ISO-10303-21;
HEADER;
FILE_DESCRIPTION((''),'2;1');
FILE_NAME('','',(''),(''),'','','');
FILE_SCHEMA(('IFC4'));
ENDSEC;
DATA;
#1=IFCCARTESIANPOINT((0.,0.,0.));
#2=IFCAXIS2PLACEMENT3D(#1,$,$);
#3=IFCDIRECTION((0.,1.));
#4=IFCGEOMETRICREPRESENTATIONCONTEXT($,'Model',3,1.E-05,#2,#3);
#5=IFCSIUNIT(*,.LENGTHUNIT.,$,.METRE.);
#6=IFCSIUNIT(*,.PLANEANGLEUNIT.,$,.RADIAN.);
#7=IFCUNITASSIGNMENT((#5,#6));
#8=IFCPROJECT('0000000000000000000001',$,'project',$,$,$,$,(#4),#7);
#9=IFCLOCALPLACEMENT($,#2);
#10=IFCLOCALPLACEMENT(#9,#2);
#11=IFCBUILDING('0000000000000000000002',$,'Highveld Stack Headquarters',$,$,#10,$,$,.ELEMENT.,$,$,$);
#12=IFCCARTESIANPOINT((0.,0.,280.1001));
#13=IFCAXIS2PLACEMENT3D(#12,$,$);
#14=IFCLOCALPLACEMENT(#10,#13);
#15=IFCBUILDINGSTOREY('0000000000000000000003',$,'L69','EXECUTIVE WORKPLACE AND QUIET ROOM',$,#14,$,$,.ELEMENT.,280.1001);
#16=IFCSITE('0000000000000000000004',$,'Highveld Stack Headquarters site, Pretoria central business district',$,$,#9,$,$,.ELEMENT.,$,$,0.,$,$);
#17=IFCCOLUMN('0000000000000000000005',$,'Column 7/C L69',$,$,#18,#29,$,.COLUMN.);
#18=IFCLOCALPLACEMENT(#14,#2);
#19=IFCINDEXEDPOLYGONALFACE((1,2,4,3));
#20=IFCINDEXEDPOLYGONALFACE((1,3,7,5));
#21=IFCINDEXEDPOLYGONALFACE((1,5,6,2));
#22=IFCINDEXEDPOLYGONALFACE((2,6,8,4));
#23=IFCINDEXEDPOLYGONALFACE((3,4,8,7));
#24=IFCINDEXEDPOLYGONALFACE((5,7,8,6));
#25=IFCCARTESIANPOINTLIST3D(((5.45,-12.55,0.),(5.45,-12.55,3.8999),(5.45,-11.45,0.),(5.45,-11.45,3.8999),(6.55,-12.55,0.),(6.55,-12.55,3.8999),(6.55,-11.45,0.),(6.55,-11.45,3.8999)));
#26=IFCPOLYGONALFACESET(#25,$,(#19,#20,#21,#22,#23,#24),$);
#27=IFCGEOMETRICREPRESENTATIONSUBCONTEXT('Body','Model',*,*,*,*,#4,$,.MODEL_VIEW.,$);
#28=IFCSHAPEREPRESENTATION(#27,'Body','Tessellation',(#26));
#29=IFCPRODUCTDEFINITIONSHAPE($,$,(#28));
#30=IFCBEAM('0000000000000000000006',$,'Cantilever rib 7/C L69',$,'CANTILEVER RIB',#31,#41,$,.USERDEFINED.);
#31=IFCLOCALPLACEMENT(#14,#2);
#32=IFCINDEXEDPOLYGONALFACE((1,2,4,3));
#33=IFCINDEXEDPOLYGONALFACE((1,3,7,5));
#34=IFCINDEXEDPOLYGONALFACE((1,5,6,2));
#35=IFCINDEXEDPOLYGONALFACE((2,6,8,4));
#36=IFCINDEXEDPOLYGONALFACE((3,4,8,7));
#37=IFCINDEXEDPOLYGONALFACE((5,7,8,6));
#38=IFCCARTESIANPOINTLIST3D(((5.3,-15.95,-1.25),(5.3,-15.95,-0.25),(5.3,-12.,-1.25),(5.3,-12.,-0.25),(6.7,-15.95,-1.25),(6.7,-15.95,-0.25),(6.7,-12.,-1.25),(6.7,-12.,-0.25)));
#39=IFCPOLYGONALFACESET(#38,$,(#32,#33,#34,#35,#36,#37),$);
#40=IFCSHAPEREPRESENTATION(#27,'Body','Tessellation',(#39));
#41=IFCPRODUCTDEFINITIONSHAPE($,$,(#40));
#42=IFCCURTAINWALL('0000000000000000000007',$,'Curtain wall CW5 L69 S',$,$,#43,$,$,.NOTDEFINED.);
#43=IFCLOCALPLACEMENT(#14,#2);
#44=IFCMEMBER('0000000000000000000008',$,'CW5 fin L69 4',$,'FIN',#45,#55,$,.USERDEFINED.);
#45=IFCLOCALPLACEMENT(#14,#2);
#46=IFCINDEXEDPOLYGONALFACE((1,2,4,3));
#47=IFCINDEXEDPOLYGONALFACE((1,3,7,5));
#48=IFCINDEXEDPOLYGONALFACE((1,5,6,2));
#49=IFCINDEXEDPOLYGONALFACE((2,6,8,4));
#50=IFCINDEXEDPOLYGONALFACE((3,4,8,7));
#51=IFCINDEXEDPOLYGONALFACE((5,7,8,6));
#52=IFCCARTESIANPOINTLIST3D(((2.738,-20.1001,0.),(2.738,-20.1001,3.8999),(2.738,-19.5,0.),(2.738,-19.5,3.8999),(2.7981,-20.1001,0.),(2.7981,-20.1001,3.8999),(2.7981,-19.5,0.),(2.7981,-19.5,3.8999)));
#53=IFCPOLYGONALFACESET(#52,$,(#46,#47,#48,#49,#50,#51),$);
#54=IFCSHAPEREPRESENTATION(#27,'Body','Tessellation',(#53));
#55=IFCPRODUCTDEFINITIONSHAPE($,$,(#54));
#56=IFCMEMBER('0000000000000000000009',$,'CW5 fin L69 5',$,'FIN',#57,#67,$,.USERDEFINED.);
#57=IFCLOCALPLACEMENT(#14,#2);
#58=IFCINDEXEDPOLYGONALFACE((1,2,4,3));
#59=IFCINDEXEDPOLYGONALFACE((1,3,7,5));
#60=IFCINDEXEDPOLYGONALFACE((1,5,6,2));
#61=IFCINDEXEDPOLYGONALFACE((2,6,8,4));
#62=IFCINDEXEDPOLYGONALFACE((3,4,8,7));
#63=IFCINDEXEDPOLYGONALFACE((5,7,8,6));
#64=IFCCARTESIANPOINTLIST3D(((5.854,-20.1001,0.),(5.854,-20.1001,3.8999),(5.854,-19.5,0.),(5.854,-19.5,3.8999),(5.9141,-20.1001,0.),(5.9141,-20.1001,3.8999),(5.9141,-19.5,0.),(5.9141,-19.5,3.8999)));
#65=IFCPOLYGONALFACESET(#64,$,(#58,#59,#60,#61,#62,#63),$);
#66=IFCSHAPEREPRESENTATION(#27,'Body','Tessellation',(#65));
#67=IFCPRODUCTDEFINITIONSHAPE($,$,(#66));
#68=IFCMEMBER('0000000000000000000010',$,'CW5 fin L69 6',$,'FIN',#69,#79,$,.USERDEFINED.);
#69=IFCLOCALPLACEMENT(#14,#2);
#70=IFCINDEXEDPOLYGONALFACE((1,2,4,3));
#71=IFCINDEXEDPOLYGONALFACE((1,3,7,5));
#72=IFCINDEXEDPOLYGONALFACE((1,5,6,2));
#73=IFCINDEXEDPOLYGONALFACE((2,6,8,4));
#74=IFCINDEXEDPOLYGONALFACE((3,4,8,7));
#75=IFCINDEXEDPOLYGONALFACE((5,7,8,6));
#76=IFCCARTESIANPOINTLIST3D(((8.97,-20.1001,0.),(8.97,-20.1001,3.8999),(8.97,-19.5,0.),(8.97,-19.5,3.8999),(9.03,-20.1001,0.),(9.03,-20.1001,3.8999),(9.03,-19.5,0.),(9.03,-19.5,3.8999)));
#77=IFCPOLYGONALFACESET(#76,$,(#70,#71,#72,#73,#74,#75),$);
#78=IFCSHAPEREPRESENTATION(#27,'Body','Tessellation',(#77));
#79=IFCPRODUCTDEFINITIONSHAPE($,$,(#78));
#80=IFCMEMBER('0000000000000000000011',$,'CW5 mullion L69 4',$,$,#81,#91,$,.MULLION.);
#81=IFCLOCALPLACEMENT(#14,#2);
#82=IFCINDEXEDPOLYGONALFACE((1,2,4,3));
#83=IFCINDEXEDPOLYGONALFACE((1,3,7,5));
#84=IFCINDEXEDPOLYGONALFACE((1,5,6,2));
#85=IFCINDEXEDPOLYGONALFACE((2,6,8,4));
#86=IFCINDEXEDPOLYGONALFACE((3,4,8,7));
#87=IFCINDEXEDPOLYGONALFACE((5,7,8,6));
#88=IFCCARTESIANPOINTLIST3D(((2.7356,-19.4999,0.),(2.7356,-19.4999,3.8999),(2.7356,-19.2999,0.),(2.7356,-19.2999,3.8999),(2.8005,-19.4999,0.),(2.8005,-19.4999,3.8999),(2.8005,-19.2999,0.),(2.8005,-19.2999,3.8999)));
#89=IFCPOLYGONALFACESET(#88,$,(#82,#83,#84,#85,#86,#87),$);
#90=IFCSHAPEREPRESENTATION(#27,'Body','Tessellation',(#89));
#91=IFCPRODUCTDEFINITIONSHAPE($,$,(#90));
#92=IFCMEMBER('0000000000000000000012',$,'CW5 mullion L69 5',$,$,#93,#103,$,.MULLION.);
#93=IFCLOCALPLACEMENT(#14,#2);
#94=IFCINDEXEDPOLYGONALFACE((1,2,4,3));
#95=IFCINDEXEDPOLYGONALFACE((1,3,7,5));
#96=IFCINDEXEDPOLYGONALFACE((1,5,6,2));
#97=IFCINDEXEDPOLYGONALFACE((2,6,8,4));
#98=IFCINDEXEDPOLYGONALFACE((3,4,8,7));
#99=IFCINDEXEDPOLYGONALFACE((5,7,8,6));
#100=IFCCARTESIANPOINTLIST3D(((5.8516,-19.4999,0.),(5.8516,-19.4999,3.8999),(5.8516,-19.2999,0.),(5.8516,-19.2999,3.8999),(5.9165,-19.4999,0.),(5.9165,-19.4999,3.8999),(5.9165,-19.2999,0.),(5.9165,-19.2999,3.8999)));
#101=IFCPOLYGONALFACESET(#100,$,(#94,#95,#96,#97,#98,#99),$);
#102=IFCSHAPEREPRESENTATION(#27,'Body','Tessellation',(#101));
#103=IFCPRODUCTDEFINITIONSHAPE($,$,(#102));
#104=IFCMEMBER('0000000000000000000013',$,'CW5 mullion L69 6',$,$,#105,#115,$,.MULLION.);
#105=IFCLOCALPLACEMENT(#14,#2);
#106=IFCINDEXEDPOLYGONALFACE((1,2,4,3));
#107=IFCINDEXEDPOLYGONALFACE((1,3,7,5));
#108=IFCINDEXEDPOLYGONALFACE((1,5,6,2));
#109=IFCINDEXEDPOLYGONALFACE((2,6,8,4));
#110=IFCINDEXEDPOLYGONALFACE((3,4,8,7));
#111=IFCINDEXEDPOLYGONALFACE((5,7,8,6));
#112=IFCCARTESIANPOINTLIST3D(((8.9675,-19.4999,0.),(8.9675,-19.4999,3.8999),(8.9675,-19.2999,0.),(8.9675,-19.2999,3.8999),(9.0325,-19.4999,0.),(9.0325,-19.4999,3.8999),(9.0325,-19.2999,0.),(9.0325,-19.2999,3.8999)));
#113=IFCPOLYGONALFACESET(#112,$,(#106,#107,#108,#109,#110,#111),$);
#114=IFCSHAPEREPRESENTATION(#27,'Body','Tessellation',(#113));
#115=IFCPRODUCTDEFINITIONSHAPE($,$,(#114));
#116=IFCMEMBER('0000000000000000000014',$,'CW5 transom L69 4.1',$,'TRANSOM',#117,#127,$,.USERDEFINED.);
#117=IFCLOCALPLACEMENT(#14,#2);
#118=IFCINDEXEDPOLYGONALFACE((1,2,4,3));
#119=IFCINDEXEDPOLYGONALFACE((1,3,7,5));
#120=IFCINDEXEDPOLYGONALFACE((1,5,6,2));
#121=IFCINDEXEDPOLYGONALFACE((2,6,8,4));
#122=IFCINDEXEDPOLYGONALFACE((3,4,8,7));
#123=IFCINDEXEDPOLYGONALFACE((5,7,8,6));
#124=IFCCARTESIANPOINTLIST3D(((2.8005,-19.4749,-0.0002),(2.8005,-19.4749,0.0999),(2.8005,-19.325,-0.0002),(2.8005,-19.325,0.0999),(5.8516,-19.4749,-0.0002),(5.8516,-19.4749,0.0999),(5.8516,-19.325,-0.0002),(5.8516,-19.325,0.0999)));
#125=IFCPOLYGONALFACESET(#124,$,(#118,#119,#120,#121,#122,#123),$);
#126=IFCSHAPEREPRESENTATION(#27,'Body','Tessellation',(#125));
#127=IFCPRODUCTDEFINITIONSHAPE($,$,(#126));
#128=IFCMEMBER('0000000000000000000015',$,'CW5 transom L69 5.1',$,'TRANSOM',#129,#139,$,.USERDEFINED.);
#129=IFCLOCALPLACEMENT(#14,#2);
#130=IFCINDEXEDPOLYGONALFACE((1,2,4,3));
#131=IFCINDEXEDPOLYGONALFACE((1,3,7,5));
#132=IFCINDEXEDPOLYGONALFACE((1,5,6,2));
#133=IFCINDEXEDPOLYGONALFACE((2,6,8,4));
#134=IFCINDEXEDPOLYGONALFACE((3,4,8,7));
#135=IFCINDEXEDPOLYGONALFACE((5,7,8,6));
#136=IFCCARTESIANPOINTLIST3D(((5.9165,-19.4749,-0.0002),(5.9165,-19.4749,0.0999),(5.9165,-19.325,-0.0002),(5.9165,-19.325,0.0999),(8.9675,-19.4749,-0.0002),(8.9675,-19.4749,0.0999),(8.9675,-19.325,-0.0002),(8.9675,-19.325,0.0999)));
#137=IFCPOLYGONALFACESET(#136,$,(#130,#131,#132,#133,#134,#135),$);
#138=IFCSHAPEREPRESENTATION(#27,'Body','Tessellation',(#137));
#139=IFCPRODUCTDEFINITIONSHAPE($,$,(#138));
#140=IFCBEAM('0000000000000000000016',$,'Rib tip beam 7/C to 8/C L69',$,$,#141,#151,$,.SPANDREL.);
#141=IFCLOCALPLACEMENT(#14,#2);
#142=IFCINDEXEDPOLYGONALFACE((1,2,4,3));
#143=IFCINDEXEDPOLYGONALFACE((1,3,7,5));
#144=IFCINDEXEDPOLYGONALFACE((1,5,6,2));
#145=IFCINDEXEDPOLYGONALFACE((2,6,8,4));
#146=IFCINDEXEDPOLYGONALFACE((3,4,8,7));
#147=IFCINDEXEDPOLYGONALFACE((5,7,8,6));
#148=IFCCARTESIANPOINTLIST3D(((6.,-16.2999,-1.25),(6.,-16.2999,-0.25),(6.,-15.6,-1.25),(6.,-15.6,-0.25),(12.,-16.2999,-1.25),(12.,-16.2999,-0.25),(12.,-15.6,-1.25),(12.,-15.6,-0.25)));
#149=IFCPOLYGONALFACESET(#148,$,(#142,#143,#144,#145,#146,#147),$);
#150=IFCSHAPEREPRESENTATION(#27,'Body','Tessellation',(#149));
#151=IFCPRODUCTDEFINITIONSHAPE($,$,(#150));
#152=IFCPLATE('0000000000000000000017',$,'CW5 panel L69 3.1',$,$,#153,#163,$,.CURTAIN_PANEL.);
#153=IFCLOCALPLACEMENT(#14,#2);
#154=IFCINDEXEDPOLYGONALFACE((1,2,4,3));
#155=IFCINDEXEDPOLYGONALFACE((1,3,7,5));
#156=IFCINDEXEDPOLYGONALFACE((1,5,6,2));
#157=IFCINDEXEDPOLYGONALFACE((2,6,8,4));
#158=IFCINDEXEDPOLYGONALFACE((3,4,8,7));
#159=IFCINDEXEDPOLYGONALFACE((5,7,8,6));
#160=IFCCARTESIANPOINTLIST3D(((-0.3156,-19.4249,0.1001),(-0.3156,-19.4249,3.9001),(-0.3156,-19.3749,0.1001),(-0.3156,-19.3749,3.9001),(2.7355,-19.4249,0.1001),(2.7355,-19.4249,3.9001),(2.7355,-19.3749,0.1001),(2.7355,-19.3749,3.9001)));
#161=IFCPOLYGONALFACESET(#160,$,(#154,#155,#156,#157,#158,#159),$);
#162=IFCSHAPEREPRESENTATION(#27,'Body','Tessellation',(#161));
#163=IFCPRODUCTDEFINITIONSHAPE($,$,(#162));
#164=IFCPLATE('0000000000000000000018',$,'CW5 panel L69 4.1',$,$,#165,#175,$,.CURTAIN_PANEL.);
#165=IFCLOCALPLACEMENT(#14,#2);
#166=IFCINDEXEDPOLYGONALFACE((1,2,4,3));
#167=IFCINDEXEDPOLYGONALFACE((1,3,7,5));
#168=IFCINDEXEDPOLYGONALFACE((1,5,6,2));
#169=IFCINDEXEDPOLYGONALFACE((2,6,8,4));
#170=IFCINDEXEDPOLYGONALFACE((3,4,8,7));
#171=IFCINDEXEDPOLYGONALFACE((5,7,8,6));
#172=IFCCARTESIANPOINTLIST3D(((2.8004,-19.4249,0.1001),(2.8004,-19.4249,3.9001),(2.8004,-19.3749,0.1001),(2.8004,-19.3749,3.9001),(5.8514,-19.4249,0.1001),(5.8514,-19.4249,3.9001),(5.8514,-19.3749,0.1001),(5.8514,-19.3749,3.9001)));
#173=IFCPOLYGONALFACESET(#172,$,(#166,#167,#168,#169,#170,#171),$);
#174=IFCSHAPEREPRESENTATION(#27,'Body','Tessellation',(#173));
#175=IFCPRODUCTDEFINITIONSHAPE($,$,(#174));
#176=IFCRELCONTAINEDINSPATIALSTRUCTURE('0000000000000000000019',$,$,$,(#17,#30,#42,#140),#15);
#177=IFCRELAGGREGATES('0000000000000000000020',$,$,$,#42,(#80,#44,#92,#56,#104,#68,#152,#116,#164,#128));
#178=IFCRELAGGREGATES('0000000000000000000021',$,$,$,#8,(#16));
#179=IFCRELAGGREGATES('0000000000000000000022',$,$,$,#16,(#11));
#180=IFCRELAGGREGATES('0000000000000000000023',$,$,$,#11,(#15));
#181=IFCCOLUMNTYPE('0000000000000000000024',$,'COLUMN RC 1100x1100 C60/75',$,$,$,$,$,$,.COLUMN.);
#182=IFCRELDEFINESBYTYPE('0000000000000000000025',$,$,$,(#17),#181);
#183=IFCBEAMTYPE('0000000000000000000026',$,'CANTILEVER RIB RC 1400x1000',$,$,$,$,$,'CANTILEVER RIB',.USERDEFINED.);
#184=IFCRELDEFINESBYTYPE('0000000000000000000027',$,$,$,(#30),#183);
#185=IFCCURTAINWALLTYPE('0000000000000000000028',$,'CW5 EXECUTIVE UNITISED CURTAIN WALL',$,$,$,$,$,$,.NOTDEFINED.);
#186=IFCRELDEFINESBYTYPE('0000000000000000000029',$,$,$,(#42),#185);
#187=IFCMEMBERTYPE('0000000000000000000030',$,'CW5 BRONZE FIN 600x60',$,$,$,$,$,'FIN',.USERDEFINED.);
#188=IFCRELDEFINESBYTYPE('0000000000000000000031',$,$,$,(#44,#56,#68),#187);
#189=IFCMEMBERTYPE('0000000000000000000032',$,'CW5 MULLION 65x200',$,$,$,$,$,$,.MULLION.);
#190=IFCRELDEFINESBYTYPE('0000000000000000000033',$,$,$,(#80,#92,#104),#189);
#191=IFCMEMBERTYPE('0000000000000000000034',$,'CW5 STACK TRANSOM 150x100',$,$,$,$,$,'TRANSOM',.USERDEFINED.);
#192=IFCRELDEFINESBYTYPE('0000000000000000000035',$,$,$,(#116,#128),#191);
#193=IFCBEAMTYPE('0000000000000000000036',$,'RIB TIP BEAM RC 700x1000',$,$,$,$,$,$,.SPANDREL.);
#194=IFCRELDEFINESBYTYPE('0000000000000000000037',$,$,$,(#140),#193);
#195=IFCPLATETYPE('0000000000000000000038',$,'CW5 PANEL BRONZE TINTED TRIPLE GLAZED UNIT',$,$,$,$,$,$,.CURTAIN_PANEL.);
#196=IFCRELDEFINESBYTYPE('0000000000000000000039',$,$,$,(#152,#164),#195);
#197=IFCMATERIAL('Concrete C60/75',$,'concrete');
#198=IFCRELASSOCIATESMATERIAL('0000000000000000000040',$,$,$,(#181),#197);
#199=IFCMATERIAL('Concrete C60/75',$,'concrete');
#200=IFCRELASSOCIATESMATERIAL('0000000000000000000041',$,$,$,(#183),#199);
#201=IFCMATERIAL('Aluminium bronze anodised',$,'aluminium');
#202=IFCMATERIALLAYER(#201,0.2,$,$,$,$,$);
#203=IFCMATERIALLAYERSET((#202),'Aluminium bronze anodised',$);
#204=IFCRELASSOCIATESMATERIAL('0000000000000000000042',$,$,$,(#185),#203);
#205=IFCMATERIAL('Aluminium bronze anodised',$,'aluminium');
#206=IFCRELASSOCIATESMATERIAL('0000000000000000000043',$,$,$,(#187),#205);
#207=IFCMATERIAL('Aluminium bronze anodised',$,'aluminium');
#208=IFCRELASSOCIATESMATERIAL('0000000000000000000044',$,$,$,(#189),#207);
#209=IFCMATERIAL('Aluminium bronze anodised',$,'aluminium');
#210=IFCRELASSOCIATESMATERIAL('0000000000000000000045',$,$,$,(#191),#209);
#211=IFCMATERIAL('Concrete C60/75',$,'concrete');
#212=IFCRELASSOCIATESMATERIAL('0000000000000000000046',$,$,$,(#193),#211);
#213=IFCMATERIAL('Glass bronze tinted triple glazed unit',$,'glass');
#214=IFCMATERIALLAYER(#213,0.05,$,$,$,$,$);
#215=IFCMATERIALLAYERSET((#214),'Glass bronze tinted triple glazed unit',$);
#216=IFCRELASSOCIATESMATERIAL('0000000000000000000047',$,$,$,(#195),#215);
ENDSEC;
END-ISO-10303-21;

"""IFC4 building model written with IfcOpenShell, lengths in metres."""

from ifc_helpers import new_model, si_unit, direction, frame, origin, origin_2d, place, context, subcontext, project, spatial, rectangle, extrude, material, layer, layer_set, material_profile, profile_set, type_object, element, aggregate, save


model = new_model("IFC4")

# Units and contexts
model_context = context("Model", 3, precision=1e-05, world=origin(), true_north=direction((0.0, 1.0)))
body_context = subcontext(model_context, "Body", "Model", "MODEL_VIEW")
ifc_project = project(units=[si_unit("LENGTHUNIT", "METRE"), si_unit("PLANEANGLEUNIT", "RADIAN")], contexts=[model_context])

# Site, building, storey
site_placement = place(None, origin())
site = spatial("IfcSite", under=ifc_project, at=site_placement, Name="Highveld Stack Headquarters site, Pretoria central business district", CompositionType="ELEMENT", RefElevation=0.0)
building_placement = place(site_placement, origin())
building = spatial("IfcBuilding", under=site, at=building_placement, Name="Highveld Stack Headquarters", CompositionType="ELEMENT")
storey_placement = place(building_placement, frame((0.0, 0.0, 280.1001)))
storey = spatial("IfcBuildingStorey", under=building, at=storey_placement, Name="L69", Description="EXECUTIVE WORKPLACE AND QUIET ROOM", CompositionType="ELEMENT", Elevation=280.1001)

# Column
ifc_material_1 = material(Name="Concrete C60/75", Category="concrete")
ifc_material_profile_1 = material_profile(ifc_material_1, rectangle(XDim=1.1001, YDim=1.1001, at=origin_2d()), Name="RC 1100x1100")
ifc_profile_set_1 = profile_set([ifc_material_profile_1], Name="Concrete C60/75")
column_type = type_object("IfcColumnType", Name="COLUMN RC 1100x1100 C60/75", PredefinedType="COLUMN", material=ifc_profile_set_1)
column_placement = place(storey_placement, frame((6.0, -12.0, 0.0), z_axis=(0.0, 0.0, 1.0), x_axis=(1.0, 0.0, 0.0)))
element("IfcColumn", 1, at=column_placement, inside=storey, type_object=column_type, Name="Column 7/C L69", PredefinedType="COLUMN", context=body_context, shape_type="SweptSolid", body=[
    extrude(rectangle(XDim=1.1001, YDim=1.1001, at=origin_2d()), origin(), (0.0, 0.0, 1.0), 3.8999),
])

# Beam
ifc_material_2 = material(Name="Concrete C60/75", Category="concrete")
ifc_material_profile_2 = material_profile(ifc_material_2, rectangle(XDim=1.3999, YDim=1.0, at=origin_2d()), Name="RC 1400x1000")
ifc_profile_set_2 = profile_set([ifc_material_profile_2], Name="Concrete C60/75")
beam_type_1 = type_object("IfcBeamType", Name="CANTILEVER RIB RC 1400x1000", ElementType="CANTILEVER RIB", PredefinedType="USERDEFINED", material=ifc_profile_set_2)
beam_1_placement = place(storey_placement, frame((6.0, -12.0, -0.75), z_axis=(0.0, -1.0, 0.0), x_axis=(1.0, 0.0, 0.0)))
element("IfcBeam", 2, at=beam_1_placement, inside=storey, type_object=beam_type_1, Name="Cantilever rib 7/C L69", ObjectType="CANTILEVER RIB", PredefinedType="USERDEFINED", context=body_context, shape_type="SweptSolid", body=[
    extrude(rectangle(XDim=1.3999, YDim=1.0, at=origin_2d()), origin(), (0.0, 0.0, 1.0), 3.95),
])

# Curtain wall, members
ifc_material_3 = material(Name="Aluminium bronze anodised", Category="aluminium")
ifc_layer_1 = layer(ifc_material_3, 0.2)
ifc_layer_set_1 = layer_set([ifc_layer_1], Name="Aluminium bronze anodised")
curtain_wall_type = type_object("IfcCurtainWallType", Name="CW5 EXECUTIVE UNITISED CURTAIN WALL", PredefinedType="NOTDEFINED", material=ifc_layer_set_1)
curtain_wall_placement = place(storey_placement, origin())
curtain_wall = element("IfcCurtainWall", 3, at=curtain_wall_placement, inside=storey, type_object=curtain_wall_type, Name="Curtain wall CW5 L69 S", PredefinedType="NOTDEFINED")
ifc_material_4 = material(Name="Aluminium bronze anodised", Category="aluminium")
ifc_material_profile_3 = material_profile(ifc_material_4, rectangle(XDim=0.6001, YDim=0.0601, at=origin_2d()), Name="FIN 600x60")
ifc_profile_set_3 = profile_set([ifc_material_profile_3], Name="Aluminium bronze anodised")
member_type_1 = type_object("IfcMemberType", Name="CW5 BRONZE FIN 600x60", ElementType="FIN", PredefinedType="USERDEFINED", material=ifc_profile_set_3)
member_1_placement = place(storey_placement, frame((2.7681, -19.8, 0.0), z_axis=(0.0, 0.0, 1.0), x_axis=(0.0, 1.0, 0.0)))
member_1 = element("IfcMember", 4, at=member_1_placement, type_object=member_type_1, Name="CW5 fin L69 4", ObjectType="FIN", PredefinedType="USERDEFINED", context=body_context, shape_type="SweptSolid", body=[
    extrude(rectangle(XDim=0.6001, YDim=0.0601, at=origin_2d()), origin(), (0.0, 0.0, 1.0), 3.8999),
])
member_2_placement = place(storey_placement, frame((5.884, -19.8, 0.0), z_axis=(0.0, 0.0, 1.0), x_axis=(0.0, 1.0, 0.0)))
member_2 = element("IfcMember", 5, at=member_2_placement, type_object=member_type_1, Name="CW5 fin L69 5", ObjectType="FIN", PredefinedType="USERDEFINED", context=body_context, shape_type="SweptSolid", body=[
    extrude(rectangle(XDim=0.6001, YDim=0.0601, at=origin_2d()), origin(), (0.0, 0.0, 1.0), 3.8999),
])
member_3_placement = place(storey_placement, frame((9.0, -19.8, 0.0), z_axis=(0.0, 0.0, 1.0), x_axis=(0.0, 1.0, 0.0)))
member_3 = element("IfcMember", 6, at=member_3_placement, type_object=member_type_1, Name="CW5 fin L69 6", ObjectType="FIN", PredefinedType="USERDEFINED", context=body_context, shape_type="SweptSolid", body=[
    extrude(rectangle(XDim=0.6001, YDim=0.0601, at=origin_2d()), origin(), (0.0, 0.0, 1.0), 3.8999),
])
ifc_material_5 = material(Name="Aluminium bronze anodised", Category="aluminium")
ifc_material_profile_4 = material_profile(ifc_material_5, rectangle(XDim=0.2, YDim=0.0649, at=origin_2d()), Name="CW5 MULLION 65x200")
ifc_profile_set_4 = profile_set([ifc_material_profile_4], Name="Aluminium bronze anodised")
member_type_2 = type_object("IfcMemberType", Name="CW5 MULLION 65x200", PredefinedType="MULLION", material=ifc_profile_set_4)
member_4_placement = place(storey_placement, frame((2.7681, -19.3999, 0.0), z_axis=(0.0, 0.0, 1.0), x_axis=(0.0, 1.0, 0.0)))
member_4 = element("IfcMember", 7, at=member_4_placement, type_object=member_type_2, Name="CW5 mullion L69 4", PredefinedType="MULLION", context=body_context, shape_type="SweptSolid", body=[
    extrude(rectangle(XDim=0.2, YDim=0.0649, at=origin_2d()), origin(), (0.0, 0.0, 1.0), 3.8999),
])
member_5_placement = place(storey_placement, frame((5.884, -19.3999, 0.0), z_axis=(0.0, 0.0, 1.0), x_axis=(0.0, 1.0, 0.0)))
member_5 = element("IfcMember", 8, at=member_5_placement, type_object=member_type_2, Name="CW5 mullion L69 5", PredefinedType="MULLION", context=body_context, shape_type="SweptSolid", body=[
    extrude(rectangle(XDim=0.2, YDim=0.0649, at=origin_2d()), origin(), (0.0, 0.0, 1.0), 3.8999),
])
member_6_placement = place(storey_placement, frame((9.0, -19.3999, 0.0), z_axis=(0.0, 0.0, 1.0), x_axis=(0.0, 1.0, 0.0)))
member_6 = element("IfcMember", 9, at=member_6_placement, type_object=member_type_2, Name="CW5 mullion L69 6", PredefinedType="MULLION", context=body_context, shape_type="SweptSolid", body=[
    extrude(rectangle(XDim=0.2, YDim=0.0649, at=origin_2d()), origin(), (0.0, 0.0, 1.0), 3.8999),
])
ifc_material_6 = material(Name="Aluminium bronze anodised", Category="aluminium")
ifc_material_profile_5 = material_profile(ifc_material_6, rectangle(XDim=0.1499, YDim=0.1001, at=origin_2d()), Name="CW5 TRANSOM 150x100")
ifc_profile_set_5 = profile_set([ifc_material_profile_5], Name="Aluminium bronze anodised")
member_type_3 = type_object("IfcMemberType", Name="CW5 STACK TRANSOM 150x100", ElementType="TRANSOM", PredefinedType="USERDEFINED", material=ifc_profile_set_5)
member_7_placement = place(storey_placement, frame((2.8005, -19.3999, 0.0498), z_axis=(1.0, 0.0, 0.0), x_axis=(0.0, 1.0, 0.0)))
member_7 = element("IfcMember", 10, at=member_7_placement, type_object=member_type_3, Name="CW5 transom L69 4.1", ObjectType="TRANSOM", PredefinedType="USERDEFINED", context=body_context, shape_type="SweptSolid", body=[
    extrude(rectangle(XDim=0.1499, YDim=0.1001, at=origin_2d()), origin(), (0.0, 0.0, 1.0), 3.051),
])
member_8_placement = place(storey_placement, frame((5.9165, -19.3999, 0.0498), z_axis=(1.0, 0.0, 0.0), x_axis=(0.0, 1.0, 0.0)))
member_8 = element("IfcMember", 11, at=member_8_placement, type_object=member_type_3, Name="CW5 transom L69 5.1", ObjectType="TRANSOM", PredefinedType="USERDEFINED", context=body_context, shape_type="SweptSolid", body=[
    extrude(rectangle(XDim=0.1499, YDim=0.1001, at=origin_2d()), origin(), (0.0, 0.0, 1.0), 3.051),
])

# Beam
ifc_material_7 = material(Name="Concrete C60/75", Category="concrete")
ifc_material_profile_6 = material_profile(ifc_material_7, rectangle(XDim=0.7, YDim=1.0, at=origin_2d()), Name="RC 700x1000")
ifc_profile_set_6 = profile_set([ifc_material_profile_6], Name="Concrete C60/75")
beam_type_2 = type_object("IfcBeamType", Name="RIB TIP BEAM RC 700x1000", PredefinedType="SPANDREL", material=ifc_profile_set_6)
beam_2_placement = place(storey_placement, frame((6.0, -15.95, -0.75), z_axis=(1.0, 0.0, 0.0), x_axis=(0.0, 1.0, 0.0)))
element("IfcBeam", 12, at=beam_2_placement, inside=storey, type_object=beam_type_2, Name="Rib tip beam 7/C to 8/C L69", PredefinedType="SPANDREL", context=body_context, shape_type="SweptSolid", body=[
    extrude(rectangle(XDim=0.7, YDim=1.0, at=origin_2d()), origin(), (0.0, 0.0, 1.0), 6.0),
])

# Plates
ifc_material_8 = material(Name="Glass bronze tinted triple glazed unit", Category="glass")
ifc_layer_2 = layer(ifc_material_8, 0.05)
ifc_layer_set_2 = layer_set([ifc_layer_2], Name="Glass bronze tinted triple glazed unit")
plate_type = type_object("IfcPlateType", Name="CW5 PANEL BRONZE TINTED TRIPLE GLAZED UNIT", PredefinedType="CURTAIN_PANEL", material=ifc_layer_set_2)
plate_1_placement = place(storey_placement, frame((1.21, -19.3999, 0.1001), z_axis=(0.0, 0.0, 1.0), x_axis=(1.0, 0.0, 0.0)))
plate_1 = element("IfcPlate", 13, at=plate_1_placement, type_object=plate_type, Name="CW5 panel L69 3.1", PredefinedType="CURTAIN_PANEL", context=body_context, shape_type="SweptSolid", body=[
    extrude(rectangle(XDim=3.051, YDim=0.05, at=origin_2d()), origin(), (0.0, 0.0, 1.0), 3.8),
])
plate_2_placement = place(storey_placement, frame((4.3259, -19.3999, 0.1001), z_axis=(0.0, 0.0, 1.0), x_axis=(1.0, 0.0, 0.0)))
plate_2 = element("IfcPlate", 14, at=plate_2_placement, type_object=plate_type, Name="CW5 panel L69 4.1", PredefinedType="CURTAIN_PANEL", context=body_context, shape_type="SweptSolid", body=[
    extrude(rectangle(XDim=3.051, YDim=0.05, at=origin_2d()), origin(), (0.0, 0.0, 1.0), 3.8),
])
aggregate(curtain_wall, [member_4, member_1, member_5, member_2, member_6, member_3, plate_1, member_7, plate_2, member_8])

save(model, "model.ifc")
